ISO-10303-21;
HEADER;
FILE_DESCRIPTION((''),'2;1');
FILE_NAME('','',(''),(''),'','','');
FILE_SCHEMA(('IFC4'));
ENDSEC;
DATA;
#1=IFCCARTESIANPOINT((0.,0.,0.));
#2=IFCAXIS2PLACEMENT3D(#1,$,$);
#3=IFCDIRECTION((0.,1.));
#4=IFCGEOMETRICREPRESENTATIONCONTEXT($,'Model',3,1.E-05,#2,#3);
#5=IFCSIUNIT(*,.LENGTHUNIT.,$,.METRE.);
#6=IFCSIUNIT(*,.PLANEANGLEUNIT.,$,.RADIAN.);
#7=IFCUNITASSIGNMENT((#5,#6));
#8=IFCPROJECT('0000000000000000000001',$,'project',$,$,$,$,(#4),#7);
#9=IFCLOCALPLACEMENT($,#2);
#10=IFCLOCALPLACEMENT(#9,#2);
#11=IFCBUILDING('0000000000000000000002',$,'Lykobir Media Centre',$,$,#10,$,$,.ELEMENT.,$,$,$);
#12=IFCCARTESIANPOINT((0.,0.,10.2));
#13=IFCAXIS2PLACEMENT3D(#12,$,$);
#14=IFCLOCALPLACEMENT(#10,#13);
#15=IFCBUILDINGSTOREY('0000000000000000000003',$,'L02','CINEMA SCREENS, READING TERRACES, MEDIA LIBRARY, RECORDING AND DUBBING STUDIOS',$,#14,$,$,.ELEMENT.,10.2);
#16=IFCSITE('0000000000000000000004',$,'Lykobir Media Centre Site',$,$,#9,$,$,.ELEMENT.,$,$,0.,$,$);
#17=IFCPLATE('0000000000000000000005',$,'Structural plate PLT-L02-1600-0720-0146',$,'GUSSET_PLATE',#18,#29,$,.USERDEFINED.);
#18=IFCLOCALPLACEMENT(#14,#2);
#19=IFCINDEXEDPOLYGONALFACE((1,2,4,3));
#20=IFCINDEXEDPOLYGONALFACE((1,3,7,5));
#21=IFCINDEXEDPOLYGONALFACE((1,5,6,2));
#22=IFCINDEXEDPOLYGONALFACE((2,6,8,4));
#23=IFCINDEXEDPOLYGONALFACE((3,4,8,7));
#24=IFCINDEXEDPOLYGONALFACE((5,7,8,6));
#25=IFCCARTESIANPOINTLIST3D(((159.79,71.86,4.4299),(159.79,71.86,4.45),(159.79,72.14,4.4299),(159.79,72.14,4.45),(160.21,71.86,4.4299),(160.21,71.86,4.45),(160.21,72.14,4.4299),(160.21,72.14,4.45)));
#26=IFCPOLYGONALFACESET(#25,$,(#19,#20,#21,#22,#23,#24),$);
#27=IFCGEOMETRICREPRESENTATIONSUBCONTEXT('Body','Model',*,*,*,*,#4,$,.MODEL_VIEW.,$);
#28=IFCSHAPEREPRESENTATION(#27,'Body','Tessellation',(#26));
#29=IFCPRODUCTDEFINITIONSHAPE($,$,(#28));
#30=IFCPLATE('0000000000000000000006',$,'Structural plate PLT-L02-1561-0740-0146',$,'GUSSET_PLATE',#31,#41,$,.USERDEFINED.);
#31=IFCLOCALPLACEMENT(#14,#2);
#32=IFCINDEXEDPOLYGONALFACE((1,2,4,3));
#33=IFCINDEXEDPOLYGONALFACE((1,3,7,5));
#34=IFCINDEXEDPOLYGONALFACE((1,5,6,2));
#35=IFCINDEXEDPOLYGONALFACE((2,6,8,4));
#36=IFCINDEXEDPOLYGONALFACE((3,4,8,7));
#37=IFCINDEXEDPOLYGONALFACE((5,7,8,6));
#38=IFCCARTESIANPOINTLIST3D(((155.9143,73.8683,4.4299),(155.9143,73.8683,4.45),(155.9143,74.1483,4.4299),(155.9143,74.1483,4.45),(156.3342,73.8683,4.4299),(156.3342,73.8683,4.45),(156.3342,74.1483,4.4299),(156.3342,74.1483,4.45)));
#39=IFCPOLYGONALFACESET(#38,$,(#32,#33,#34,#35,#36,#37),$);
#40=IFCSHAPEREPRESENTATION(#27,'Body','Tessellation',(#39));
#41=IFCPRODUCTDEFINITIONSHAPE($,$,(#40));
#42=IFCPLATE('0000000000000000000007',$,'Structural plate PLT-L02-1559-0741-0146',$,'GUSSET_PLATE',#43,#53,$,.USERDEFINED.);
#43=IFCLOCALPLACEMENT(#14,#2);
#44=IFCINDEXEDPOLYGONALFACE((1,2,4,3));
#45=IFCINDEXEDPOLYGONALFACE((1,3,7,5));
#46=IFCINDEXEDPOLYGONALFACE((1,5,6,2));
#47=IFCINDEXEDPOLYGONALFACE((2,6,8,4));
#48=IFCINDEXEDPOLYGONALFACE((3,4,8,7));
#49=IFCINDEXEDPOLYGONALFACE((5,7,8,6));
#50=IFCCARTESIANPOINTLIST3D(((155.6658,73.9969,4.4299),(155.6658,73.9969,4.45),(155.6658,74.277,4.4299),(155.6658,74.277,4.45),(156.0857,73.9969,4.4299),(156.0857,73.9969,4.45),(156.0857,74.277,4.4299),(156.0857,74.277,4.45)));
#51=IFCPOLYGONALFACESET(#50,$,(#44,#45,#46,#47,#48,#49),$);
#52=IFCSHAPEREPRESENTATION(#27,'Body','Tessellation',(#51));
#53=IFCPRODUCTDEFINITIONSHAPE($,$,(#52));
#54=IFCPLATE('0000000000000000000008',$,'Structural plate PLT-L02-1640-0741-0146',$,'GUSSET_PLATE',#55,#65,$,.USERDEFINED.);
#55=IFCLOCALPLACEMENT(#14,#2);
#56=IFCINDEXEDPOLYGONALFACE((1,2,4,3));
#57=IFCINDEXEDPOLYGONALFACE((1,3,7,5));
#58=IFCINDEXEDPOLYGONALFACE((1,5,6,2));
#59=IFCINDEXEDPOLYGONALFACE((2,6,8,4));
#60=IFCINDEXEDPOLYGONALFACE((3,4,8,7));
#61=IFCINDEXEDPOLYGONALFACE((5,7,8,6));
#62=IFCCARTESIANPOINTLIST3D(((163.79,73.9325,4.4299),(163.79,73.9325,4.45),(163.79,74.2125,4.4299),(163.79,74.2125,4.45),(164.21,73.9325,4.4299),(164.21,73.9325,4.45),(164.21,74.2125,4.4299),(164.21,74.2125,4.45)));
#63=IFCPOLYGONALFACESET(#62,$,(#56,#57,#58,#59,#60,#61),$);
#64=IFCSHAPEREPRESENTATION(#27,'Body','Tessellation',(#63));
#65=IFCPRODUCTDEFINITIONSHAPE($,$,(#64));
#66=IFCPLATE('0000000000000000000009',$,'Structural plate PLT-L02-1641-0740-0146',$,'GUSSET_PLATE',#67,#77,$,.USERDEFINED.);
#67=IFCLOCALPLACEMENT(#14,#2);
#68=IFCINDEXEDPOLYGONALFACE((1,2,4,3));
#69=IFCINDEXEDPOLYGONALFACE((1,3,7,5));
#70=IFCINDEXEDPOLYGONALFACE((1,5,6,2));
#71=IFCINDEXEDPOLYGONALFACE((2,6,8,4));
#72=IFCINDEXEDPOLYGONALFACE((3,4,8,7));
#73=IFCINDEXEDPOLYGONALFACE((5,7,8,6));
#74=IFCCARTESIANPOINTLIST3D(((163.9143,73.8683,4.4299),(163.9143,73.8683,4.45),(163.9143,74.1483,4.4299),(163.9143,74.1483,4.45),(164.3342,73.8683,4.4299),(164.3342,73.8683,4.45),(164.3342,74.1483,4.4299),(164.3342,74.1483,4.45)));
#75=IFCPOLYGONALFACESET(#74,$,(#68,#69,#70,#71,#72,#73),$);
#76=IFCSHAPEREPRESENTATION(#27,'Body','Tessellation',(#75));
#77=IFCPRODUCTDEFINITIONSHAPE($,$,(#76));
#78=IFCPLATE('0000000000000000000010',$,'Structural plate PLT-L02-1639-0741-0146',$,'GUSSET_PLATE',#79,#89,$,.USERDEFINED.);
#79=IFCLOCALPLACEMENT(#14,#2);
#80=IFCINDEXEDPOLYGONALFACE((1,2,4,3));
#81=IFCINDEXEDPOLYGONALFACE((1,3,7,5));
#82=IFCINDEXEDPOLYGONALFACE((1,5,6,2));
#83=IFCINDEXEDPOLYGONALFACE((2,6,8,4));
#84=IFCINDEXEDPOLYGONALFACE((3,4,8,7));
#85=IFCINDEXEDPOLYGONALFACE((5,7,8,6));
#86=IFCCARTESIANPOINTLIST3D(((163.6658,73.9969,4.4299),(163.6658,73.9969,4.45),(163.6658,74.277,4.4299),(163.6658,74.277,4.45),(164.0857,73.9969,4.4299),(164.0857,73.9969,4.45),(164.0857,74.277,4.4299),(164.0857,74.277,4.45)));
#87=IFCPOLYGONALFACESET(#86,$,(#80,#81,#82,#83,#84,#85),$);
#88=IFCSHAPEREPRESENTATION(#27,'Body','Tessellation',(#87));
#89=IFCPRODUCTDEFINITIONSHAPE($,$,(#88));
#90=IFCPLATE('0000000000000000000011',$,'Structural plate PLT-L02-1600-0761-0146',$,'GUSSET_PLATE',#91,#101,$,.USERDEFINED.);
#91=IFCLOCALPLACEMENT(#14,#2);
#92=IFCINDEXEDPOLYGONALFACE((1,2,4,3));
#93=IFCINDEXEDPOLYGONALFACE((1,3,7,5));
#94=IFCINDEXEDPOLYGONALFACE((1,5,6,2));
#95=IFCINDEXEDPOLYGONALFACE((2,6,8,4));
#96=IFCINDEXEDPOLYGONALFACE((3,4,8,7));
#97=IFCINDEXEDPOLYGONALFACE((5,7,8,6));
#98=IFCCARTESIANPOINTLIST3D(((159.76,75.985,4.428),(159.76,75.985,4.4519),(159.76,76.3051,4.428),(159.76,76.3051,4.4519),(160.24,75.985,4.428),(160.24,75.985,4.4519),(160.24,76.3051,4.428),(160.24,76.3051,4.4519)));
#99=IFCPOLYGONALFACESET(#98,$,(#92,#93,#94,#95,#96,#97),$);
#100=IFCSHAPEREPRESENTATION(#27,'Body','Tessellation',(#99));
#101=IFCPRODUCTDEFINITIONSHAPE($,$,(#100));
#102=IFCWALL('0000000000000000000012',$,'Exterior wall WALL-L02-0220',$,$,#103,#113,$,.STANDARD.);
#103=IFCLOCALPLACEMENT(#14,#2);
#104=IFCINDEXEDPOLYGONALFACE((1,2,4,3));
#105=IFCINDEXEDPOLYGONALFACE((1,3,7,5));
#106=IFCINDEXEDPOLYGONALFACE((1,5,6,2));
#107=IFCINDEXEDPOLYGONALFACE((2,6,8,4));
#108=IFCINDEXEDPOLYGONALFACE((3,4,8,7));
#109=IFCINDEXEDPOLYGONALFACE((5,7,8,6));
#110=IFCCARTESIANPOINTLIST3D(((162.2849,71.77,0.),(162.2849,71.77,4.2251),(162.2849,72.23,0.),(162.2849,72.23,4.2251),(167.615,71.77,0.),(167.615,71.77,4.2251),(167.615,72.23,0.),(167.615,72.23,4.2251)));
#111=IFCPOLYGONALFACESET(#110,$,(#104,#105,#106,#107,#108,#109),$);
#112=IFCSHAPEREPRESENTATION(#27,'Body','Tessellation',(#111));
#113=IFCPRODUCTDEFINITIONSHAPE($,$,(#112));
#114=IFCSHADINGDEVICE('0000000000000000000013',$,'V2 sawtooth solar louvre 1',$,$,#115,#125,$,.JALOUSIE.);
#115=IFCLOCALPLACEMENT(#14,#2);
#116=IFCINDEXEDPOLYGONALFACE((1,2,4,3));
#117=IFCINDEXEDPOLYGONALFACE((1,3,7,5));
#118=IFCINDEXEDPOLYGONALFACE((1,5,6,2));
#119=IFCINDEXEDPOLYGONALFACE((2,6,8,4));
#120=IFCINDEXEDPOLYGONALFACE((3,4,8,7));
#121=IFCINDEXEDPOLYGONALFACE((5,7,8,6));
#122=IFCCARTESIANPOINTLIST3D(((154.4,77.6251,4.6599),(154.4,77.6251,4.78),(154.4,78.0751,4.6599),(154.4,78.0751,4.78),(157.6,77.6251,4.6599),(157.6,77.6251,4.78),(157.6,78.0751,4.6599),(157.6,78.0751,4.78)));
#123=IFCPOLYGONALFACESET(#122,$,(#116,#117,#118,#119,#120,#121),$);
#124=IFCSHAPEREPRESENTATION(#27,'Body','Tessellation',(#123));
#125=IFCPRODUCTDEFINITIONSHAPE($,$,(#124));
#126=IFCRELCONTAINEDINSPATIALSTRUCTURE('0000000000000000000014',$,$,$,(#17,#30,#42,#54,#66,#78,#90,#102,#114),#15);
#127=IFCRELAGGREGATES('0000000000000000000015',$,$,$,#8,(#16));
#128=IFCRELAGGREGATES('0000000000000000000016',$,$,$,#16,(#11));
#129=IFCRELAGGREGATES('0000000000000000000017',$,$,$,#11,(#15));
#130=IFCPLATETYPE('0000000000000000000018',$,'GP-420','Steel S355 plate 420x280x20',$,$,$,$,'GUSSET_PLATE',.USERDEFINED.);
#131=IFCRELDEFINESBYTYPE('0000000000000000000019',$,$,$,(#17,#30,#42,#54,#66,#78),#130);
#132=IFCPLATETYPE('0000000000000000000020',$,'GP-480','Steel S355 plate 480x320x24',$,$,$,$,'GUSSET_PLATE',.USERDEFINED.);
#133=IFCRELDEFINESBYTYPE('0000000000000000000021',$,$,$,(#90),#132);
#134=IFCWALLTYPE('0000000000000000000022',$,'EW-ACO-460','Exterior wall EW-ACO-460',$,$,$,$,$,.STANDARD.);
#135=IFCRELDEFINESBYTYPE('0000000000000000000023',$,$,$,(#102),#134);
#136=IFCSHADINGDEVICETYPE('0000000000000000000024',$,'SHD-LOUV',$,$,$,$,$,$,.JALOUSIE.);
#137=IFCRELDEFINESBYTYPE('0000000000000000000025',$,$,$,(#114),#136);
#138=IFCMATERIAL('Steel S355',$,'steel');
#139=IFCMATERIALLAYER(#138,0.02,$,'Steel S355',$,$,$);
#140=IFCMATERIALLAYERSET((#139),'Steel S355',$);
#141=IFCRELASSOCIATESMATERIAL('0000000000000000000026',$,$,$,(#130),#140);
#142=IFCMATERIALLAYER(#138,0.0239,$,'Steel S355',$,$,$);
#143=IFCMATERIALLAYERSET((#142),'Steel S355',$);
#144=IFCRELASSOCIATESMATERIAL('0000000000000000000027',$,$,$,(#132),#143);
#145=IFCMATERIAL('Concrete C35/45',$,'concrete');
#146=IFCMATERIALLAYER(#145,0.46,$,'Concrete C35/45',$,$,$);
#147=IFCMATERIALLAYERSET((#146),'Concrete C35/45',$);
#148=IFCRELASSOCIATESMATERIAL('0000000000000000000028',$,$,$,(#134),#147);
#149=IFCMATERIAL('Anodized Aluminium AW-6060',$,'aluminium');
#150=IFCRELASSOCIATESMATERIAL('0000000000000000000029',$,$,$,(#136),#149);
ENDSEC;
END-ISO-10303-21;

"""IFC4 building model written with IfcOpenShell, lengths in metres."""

from ifc_helpers import new_model, si_unit, direction, frame, frame_2d, origin, origin_2d, place, context, subcontext, project, spatial, rectangle, extrude, material, layer, layer_set, type_object, element, save


model = new_model("IFC4")

# Units and contexts
model_context = context("Model", 3, precision=1e-05, world=origin(), true_north=direction((0.0, 1.0)))
body_context = subcontext(model_context, "Body", "Model", "MODEL_VIEW")
ifc_project = project(units=[si_unit("LENGTHUNIT", "METRE"), si_unit("PLANEANGLEUNIT", "RADIAN")], contexts=[model_context])

# Site, building, storey
site_placement = place(None, origin())
site = spatial("IfcSite", under=ifc_project, at=site_placement, Name="Lykobir Media Centre Site", CompositionType="ELEMENT", RefElevation=0.0)
building_placement = place(site_placement, origin())
building = spatial("IfcBuilding", under=site, at=building_placement, Name="Lykobir Media Centre", CompositionType="ELEMENT")
storey_placement = place(building_placement, frame((0.0, 0.0, 10.2)))
storey = spatial("IfcBuildingStorey", under=building, at=storey_placement, Name="L02", Description="CINEMA SCREENS, READING TERRACES, MEDIA LIBRARY, RECORDING AND DUBBING STUDIOS", CompositionType="ELEMENT", Elevation=10.2)

# Shared definitions
ifc_material_1 = material(Name="Steel S355", Category="steel")

# Shared definitions
ifc_material_2 = material(Name="Anodized Aluminium AW-6060", Category="aluminium")

# Plates
ifc_layer_1 = layer(ifc_material_1, 0.02, Name="Steel S355")
ifc_layer_set_1 = layer_set([ifc_layer_1], Name="Steel S355")
plate_type_1 = type_object("IfcPlateType", Name="GP-420", Description="Steel S355 plate 420x280x20", ElementType="GUSSET_PLATE", PredefinedType="USERDEFINED", material=ifc_layer_set_1)
for number, where, z_axis, x_axis, name in (
    (1, (160.0, 72.0, 4.4299), (0.0, 0.0, 1.0), (1.0, 0.0, 0.0), "Structural plate PLT-L02-1600-0720-0146"),
    (2, (156.1243, 74.0083, 4.4299), (0.0, 0.0, 1.0), (1.0, 0.0, 0.0), "Structural plate PLT-L02-1561-0740-0146"),
    (3, (155.8757, 74.137, 4.4299), (0.0, 0.0, 1.0), (1.0, 0.0, 0.0), "Structural plate PLT-L02-1559-0741-0146"),
    (4, (164.0, 74.0725, 4.4299), (0.0, 0.0, 1.0), (1.0, 0.0, 0.0), "Structural plate PLT-L02-1640-0741-0146"),
    (5, (164.1243, 74.0083, 4.4299), (0.0, 0.0, 1.0), (1.0, 0.0, 0.0), "Structural plate PLT-L02-1641-0740-0146"),
    (6, (163.8757, 74.137, 4.4299), (0.0, 0.0, 1.0), (1.0, 0.0, 0.0), "Structural plate PLT-L02-1639-0741-0146"),
):
    element("IfcPlate", number, at=place(storey_placement, frame(where, z_axis=z_axis, x_axis=x_axis)), inside=storey, type_object=plate_type_1, Name=name, ObjectType="GUSSET_PLATE", PredefinedType="USERDEFINED", context=body_context, shape_type="SweptSolid", body=[
        extrude(rectangle(XDim=0.4199, YDim=0.28, at=origin_2d()), origin(), (0.0, 0.0, 1.0), 0.02),
    ])
ifc_layer_2 = layer(ifc_material_1, 0.0239, Name="Steel S355")
ifc_layer_set_2 = layer_set([ifc_layer_2], Name="Steel S355")
plate_type_2 = type_object("IfcPlateType", Name="GP-480", Description="Steel S355 plate 480x320x24", ElementType="GUSSET_PLATE", PredefinedType="USERDEFINED", material=ifc_layer_set_2)
plate_1_placement = place(storey_placement, frame((160.0, 76.145, 4.428), z_axis=(0.0, 0.0, 1.0), x_axis=(1.0, 0.0, 0.0)))
element("IfcPlate", 7, at=plate_1_placement, inside=storey, type_object=plate_type_2, Name="Structural plate PLT-L02-1600-0761-0146", ObjectType="GUSSET_PLATE", PredefinedType="USERDEFINED", context=body_context, shape_type="SweptSolid", body=[
    extrude(rectangle(XDim=0.48, YDim=0.3201, at=origin_2d()), origin(), (0.0, 0.0, 1.0), 0.0239),
])

# Wall
ifc_material_3 = material(Name="Concrete C35/45", Category="concrete")
ifc_layer_3 = layer(ifc_material_3, 0.46, Name="Concrete C35/45")
ifc_layer_set_3 = layer_set([ifc_layer_3], Name="Concrete C35/45")
wall_type = type_object("IfcWallType", Name="EW-ACO-460", Description="Exterior wall EW-ACO-460", PredefinedType="STANDARD", material=ifc_layer_set_3)
wall_placement = place(storey_placement, frame((162.2849, 72.0, 0.0), z_axis=(0.0, 0.0, 1.0), x_axis=(1.0, 0.0, 0.0)))
element("IfcWall", 8, at=wall_placement, inside=storey, type_object=wall_type, Name="Exterior wall WALL-L02-0220", PredefinedType="STANDARD", context=body_context, shape_type="SweptSolid", body=[
    extrude(rectangle(XDim=5.3301, YDim=0.46, at=frame_2d((2.665, 0.0))), origin(), (0.0, 0.0, 1.0), 4.2251),
])

# Shading device
shading_device_type = type_object("IfcShadingDeviceType", Name="SHD-LOUV", PredefinedType="JALOUSIE", material=ifc_material_2)
shading_device_placement = place(storey_placement, frame((156.0, 77.8501, 4.6599), z_axis=(0.0, 0.0, 1.0), x_axis=(1.0, 0.0, 0.0)))
element("IfcShadingDevice", 9, at=shading_device_placement, inside=storey, type_object=shading_device_type, Name="V2 sawtooth solar louvre 1", PredefinedType="JALOUSIE", context=body_context, shape_type="SweptSolid", body=[
    extrude(rectangle(XDim=3.2, YDim=0.45, at=origin_2d()), origin(), (0.0, 0.0, 1.0), 0.1201),
])

save(model, "model.ifc")
